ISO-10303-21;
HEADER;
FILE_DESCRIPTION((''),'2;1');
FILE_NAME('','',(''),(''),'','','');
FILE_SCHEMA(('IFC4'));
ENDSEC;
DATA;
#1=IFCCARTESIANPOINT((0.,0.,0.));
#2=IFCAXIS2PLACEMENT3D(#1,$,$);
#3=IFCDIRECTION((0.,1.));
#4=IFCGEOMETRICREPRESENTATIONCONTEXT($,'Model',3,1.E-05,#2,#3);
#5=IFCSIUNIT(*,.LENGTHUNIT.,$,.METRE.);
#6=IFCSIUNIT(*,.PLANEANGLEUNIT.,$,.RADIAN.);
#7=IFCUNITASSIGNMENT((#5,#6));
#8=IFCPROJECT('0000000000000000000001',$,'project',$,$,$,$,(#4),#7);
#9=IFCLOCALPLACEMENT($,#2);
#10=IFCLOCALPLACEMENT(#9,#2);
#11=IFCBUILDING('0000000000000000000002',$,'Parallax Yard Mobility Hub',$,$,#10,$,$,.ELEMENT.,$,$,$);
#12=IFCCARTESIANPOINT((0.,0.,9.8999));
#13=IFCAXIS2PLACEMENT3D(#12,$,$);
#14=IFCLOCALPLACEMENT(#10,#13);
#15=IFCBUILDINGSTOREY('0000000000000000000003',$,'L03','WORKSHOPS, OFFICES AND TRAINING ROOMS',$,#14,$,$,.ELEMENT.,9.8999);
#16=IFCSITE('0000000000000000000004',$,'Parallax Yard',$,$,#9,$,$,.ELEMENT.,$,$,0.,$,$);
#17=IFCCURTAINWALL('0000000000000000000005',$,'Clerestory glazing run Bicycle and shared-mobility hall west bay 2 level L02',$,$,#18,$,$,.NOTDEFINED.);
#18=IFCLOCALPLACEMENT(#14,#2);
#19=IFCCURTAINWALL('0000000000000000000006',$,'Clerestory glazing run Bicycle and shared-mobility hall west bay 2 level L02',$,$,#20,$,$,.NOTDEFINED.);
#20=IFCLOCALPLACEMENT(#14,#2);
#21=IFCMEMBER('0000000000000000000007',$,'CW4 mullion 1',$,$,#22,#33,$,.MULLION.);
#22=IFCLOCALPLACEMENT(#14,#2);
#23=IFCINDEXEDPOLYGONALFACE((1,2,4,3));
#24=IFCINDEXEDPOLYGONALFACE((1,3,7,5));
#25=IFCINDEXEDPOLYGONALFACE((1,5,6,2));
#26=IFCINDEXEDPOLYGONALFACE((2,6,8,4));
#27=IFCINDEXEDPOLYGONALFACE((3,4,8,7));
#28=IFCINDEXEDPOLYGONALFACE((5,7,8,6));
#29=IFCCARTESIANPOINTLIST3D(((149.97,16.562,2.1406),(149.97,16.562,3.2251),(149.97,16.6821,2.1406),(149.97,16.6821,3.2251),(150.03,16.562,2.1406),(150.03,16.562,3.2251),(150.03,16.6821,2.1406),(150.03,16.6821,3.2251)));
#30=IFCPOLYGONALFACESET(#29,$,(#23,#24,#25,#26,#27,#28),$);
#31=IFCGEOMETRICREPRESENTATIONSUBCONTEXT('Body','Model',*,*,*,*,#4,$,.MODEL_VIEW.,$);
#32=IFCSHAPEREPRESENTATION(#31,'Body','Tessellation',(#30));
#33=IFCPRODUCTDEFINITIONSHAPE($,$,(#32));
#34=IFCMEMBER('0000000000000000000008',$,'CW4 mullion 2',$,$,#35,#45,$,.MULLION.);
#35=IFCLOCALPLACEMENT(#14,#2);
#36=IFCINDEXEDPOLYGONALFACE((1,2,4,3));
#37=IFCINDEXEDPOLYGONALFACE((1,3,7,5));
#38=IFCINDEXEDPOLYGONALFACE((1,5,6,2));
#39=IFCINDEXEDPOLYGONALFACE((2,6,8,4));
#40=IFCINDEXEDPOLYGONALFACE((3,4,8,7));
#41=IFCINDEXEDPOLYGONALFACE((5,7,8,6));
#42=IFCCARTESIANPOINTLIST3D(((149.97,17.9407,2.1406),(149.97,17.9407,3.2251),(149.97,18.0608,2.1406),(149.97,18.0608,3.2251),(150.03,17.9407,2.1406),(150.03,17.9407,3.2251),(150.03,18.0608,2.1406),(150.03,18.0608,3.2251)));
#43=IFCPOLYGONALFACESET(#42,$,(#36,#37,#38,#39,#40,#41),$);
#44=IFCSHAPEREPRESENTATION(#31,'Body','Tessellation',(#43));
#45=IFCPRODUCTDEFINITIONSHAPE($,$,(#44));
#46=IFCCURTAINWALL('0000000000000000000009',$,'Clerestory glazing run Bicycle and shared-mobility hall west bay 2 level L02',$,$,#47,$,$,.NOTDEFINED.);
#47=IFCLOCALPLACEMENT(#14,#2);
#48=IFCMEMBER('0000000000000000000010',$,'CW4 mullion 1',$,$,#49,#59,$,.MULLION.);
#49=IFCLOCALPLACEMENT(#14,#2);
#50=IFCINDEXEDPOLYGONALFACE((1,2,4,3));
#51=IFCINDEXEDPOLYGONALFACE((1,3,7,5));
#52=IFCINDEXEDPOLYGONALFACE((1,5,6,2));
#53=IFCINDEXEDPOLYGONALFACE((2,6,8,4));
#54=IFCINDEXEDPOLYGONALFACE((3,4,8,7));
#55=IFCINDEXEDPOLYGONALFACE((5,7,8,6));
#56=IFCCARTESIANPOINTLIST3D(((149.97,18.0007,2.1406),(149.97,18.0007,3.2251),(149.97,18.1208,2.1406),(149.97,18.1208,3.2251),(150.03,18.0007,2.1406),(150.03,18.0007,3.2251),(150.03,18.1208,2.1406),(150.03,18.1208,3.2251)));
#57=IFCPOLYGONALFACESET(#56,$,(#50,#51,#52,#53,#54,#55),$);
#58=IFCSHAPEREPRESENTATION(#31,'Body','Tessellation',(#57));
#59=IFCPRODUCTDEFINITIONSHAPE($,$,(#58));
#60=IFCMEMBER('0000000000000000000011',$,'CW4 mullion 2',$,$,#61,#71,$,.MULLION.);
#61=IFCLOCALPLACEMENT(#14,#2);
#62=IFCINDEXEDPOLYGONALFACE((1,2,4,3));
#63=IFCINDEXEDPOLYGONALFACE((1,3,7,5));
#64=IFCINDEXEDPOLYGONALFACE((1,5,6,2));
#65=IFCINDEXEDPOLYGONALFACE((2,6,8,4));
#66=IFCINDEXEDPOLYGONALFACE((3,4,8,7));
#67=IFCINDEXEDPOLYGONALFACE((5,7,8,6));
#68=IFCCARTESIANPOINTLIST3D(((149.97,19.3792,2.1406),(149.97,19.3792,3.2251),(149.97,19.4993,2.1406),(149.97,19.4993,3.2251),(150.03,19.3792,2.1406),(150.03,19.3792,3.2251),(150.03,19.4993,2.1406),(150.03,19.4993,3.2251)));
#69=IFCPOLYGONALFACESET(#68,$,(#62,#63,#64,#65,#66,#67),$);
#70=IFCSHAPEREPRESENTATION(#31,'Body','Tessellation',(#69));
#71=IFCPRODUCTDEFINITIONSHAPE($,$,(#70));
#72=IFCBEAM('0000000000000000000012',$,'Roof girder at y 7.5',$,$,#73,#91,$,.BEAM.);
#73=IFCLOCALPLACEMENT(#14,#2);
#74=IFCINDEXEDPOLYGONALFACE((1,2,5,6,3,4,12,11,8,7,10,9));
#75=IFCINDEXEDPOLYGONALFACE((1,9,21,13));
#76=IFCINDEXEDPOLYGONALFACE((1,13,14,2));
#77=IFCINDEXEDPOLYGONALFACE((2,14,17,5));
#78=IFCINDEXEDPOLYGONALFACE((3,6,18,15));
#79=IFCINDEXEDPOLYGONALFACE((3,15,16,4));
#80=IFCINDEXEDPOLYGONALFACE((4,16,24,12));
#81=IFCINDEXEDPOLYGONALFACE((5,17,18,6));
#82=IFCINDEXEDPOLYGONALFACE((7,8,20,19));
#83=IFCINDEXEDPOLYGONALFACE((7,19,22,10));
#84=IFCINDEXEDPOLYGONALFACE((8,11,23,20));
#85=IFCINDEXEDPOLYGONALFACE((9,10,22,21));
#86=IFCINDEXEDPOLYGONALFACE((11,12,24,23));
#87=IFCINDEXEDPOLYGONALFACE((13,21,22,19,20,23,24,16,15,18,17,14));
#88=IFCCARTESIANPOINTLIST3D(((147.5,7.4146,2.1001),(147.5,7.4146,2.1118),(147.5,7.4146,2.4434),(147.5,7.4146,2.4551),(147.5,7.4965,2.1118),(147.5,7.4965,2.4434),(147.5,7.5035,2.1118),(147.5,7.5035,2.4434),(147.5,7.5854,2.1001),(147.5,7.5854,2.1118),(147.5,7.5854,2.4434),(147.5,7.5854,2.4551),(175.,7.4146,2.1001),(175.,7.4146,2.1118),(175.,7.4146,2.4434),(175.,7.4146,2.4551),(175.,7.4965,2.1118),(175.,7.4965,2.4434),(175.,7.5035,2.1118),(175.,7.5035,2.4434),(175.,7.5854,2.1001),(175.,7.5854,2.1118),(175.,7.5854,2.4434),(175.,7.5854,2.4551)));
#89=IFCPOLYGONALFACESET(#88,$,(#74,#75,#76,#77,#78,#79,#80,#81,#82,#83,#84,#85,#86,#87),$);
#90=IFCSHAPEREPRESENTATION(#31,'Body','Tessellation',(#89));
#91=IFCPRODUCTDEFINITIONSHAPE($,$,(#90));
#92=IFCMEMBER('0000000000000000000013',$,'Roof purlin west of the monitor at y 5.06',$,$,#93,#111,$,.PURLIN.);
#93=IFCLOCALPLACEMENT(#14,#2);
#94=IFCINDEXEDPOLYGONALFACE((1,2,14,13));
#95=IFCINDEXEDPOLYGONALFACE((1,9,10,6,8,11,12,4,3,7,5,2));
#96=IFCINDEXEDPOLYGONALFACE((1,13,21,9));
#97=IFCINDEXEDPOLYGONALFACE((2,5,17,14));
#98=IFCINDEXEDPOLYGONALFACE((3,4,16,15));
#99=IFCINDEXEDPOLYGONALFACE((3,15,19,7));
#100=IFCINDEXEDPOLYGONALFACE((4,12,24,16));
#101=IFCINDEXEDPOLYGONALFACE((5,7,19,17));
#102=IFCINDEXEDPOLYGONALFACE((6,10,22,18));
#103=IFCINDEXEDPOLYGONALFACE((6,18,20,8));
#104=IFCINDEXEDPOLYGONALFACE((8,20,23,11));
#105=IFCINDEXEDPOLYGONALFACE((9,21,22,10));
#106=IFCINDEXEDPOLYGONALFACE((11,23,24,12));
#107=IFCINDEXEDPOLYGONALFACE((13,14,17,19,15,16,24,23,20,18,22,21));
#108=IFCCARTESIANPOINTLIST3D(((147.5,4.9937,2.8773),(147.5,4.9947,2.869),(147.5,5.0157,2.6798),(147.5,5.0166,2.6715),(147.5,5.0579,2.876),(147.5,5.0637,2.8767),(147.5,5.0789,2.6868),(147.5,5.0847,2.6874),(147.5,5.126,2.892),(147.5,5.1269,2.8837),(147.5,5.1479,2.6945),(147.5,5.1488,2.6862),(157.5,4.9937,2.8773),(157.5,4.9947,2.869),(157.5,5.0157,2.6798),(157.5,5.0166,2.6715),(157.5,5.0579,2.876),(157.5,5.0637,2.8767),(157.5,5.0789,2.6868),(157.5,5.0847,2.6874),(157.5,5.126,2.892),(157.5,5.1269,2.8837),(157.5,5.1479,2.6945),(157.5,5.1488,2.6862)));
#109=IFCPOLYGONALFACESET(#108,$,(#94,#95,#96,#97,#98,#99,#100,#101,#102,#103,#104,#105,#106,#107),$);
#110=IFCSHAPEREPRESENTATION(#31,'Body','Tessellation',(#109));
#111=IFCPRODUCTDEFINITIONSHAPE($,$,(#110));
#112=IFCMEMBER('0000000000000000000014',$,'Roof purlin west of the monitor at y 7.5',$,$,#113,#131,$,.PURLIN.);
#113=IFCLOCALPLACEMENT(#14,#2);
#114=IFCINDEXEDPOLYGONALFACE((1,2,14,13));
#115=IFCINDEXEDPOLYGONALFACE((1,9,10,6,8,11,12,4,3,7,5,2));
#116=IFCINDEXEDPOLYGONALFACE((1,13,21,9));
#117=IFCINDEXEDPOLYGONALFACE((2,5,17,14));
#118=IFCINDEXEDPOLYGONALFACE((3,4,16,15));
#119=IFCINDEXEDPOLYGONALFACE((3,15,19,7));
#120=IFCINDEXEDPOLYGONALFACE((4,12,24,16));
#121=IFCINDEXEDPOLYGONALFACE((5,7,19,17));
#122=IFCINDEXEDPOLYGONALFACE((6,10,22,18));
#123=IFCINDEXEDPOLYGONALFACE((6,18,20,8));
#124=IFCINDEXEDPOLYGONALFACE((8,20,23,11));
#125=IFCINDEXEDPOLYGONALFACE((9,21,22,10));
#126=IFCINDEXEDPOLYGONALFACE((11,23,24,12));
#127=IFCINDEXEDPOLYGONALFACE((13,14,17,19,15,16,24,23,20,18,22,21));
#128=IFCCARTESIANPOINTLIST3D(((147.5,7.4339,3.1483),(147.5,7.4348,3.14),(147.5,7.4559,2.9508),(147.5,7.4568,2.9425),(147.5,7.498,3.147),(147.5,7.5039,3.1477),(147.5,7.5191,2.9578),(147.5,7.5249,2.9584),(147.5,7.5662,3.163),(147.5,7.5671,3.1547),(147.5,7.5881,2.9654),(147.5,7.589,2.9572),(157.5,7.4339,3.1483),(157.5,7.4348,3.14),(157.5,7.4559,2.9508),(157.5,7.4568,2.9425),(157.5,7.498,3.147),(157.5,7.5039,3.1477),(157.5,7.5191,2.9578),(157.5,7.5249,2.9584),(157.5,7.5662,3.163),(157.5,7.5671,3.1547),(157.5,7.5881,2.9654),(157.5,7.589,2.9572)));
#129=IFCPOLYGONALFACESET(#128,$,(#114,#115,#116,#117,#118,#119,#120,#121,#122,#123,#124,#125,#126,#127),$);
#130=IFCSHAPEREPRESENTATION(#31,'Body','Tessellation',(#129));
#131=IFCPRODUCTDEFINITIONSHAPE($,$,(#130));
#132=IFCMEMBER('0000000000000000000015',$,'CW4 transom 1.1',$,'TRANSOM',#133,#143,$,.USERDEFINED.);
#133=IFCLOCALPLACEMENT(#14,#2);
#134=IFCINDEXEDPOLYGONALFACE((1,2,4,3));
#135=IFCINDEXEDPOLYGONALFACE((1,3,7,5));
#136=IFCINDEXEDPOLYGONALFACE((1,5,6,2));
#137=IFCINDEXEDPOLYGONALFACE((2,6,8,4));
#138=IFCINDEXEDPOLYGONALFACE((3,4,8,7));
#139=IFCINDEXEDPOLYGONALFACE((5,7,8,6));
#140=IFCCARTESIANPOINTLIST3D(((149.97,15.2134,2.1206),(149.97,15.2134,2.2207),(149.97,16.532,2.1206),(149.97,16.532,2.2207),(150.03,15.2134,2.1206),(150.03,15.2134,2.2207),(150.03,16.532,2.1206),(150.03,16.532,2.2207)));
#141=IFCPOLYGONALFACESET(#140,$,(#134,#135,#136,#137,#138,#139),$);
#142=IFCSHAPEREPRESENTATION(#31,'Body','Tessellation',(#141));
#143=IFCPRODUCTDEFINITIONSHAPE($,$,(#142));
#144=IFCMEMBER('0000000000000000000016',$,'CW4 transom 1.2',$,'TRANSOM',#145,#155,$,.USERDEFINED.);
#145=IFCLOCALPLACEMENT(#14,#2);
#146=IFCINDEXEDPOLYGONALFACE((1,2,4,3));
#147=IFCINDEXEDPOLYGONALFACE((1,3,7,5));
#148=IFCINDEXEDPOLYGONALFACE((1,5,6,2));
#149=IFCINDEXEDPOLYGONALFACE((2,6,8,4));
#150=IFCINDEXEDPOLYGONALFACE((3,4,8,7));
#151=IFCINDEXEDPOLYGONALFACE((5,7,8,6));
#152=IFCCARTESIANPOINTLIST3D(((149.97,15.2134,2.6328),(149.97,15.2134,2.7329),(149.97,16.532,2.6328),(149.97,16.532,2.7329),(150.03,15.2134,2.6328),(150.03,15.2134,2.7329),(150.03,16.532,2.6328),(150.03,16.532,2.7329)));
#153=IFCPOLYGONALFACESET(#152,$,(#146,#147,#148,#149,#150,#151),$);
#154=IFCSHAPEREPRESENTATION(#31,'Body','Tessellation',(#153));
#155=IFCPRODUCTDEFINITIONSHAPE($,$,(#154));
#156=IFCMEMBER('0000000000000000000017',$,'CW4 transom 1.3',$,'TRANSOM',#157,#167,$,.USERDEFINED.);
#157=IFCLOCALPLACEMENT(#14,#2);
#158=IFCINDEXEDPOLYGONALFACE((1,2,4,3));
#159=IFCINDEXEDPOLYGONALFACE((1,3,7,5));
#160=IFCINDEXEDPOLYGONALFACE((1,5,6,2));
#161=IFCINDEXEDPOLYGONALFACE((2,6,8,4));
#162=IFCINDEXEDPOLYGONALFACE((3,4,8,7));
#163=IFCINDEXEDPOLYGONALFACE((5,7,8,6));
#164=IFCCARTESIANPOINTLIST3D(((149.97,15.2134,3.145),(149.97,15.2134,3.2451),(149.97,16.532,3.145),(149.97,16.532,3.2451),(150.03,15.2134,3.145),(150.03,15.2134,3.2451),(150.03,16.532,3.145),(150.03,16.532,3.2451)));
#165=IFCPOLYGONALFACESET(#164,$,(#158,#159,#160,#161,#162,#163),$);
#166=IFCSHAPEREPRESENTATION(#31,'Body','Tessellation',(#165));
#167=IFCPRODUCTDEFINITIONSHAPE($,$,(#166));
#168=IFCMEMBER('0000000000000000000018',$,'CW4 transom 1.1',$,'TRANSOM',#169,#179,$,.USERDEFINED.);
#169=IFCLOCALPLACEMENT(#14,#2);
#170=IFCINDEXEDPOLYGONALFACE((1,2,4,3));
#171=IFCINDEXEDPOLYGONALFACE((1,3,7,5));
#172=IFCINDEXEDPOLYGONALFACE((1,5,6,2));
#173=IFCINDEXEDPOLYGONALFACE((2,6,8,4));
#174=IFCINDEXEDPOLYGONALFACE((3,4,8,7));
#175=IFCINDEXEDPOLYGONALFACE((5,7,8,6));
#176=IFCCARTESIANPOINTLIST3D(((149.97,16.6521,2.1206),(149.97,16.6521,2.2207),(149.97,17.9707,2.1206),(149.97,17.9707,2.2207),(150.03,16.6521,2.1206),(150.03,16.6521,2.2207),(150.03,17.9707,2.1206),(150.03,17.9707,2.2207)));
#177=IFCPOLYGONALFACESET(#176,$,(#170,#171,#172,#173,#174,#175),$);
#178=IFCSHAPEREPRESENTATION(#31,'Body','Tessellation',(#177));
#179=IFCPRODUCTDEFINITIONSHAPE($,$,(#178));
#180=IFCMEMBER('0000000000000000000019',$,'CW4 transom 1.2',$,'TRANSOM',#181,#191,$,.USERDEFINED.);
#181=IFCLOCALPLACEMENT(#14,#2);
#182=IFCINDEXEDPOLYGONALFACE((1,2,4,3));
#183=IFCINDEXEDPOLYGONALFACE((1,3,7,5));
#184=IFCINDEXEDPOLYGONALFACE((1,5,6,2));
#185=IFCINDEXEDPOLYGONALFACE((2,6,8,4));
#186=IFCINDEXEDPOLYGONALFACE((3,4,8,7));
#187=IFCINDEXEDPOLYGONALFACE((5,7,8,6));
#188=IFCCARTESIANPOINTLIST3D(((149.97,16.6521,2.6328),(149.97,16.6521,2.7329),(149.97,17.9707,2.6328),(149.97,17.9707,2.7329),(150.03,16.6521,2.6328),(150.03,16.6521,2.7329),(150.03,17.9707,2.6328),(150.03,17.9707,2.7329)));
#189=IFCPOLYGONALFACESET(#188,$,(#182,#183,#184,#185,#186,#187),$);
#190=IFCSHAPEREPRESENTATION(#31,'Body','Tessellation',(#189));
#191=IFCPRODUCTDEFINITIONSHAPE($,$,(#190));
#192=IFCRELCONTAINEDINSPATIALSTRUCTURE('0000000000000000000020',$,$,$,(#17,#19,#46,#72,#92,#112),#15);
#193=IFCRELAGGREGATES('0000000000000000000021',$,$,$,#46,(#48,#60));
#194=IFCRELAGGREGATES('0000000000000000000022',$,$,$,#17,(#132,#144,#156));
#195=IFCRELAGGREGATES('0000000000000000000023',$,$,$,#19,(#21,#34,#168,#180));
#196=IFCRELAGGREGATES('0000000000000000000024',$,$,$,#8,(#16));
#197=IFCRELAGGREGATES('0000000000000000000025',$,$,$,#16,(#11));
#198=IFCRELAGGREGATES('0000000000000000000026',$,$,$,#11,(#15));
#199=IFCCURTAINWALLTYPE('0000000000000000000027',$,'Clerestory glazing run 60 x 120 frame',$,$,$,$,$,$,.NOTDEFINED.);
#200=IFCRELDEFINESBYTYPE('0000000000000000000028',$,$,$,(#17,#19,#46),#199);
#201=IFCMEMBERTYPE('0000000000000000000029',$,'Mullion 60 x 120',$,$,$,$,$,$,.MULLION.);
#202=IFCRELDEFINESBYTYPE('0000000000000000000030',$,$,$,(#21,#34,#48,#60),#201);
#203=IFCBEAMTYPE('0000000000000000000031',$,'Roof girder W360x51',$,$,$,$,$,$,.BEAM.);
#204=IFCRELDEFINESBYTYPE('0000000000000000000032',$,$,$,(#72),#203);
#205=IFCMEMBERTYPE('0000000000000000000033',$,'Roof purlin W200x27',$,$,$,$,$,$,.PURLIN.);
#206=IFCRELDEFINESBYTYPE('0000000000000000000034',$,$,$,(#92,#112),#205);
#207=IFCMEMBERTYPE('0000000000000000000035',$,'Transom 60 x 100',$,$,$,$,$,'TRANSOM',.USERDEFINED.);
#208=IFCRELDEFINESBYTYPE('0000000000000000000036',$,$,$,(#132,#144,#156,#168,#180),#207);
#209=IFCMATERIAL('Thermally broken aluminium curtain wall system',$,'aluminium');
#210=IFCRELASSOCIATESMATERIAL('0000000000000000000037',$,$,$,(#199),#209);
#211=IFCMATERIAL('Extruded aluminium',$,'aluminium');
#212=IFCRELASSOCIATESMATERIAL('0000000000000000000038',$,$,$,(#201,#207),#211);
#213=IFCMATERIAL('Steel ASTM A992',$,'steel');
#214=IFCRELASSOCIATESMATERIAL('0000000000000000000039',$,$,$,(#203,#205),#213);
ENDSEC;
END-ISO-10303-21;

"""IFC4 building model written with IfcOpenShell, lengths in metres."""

from ifc_helpers import new_model, si_unit, direction, frame, origin, origin_2d, place, context, subcontext, project, spatial, rectangle, i_section, extrude, material, material_profile, profile_set, type_object, element, aggregate, save


model = new_model("IFC4")

# Units and contexts
model_context = context("Model", 3, precision=1e-05, world=origin(), true_north=direction((0.0, 1.0)))
body_context = subcontext(model_context, "Body", "Model", "MODEL_VIEW")
ifc_project = project(units=[si_unit("LENGTHUNIT", "METRE"), si_unit("PLANEANGLEUNIT", "RADIAN")], contexts=[model_context])

# Site, building, storey
site_placement = place(None, origin())
site = spatial("IfcSite", under=ifc_project, at=site_placement, Name="Parallax Yard", CompositionType="ELEMENT", RefElevation=0.0)
building_placement = place(site_placement, origin())
building = spatial("IfcBuilding", under=site, at=building_placement, Name="Parallax Yard Mobility Hub", CompositionType="ELEMENT")
storey_placement = place(building_placement, frame((0.0, 0.0, 9.8999)))
storey = spatial("IfcBuildingStorey", under=building, at=storey_placement, Name="L03", Description="WORKSHOPS, OFFICES AND TRAINING ROOMS", CompositionType="ELEMENT", Elevation=9.8999)

# Shared definitions
ifc_material_1 = material(Name="Steel ASTM A992", Category="steel")

# Curtain walls, members
ifc_material_2 = material(Name="Thermally broken aluminium curtain wall system", Category="aluminium")
curtain_wall_type = type_object("IfcCurtainWallType", Name="Clerestory glazing run 60 x 120 frame", PredefinedType="NOTDEFINED", material=ifc_material_2)
curtain_wall_1_placement = place(storey_placement, origin())
curtain_wall_1 = element("IfcCurtainWall", 1, at=curtain_wall_1_placement, inside=storey, type_object=curtain_wall_type, Name="Clerestory glazing run Bicycle and shared-mobility hall west bay 2 level L02", PredefinedType="NOTDEFINED")
ifc_material_3 = material(Name="Extruded aluminium", Category="aluminium")
ifc_material_profile_1 = material_profile(ifc_material_3, rectangle(XDim=0.0601, YDim=0.1201, at=origin_2d()), Name="Mullion 60 x 120")
ifc_profile_set_1 = profile_set([ifc_material_profile_1], Name="Extruded aluminium")
member_type_1 = type_object("IfcMemberType", Name="Mullion 60 x 120", PredefinedType="MULLION", material=ifc_profile_set_1)
curtain_wall_2_placement = place(storey_placement, origin())
curtain_wall_2 = element("IfcCurtainWall", 2, at=curtain_wall_2_placement, inside=storey, type_object=curtain_wall_type, Name="Clerestory glazing run Bicycle and shared-mobility hall west bay 2 level L02", PredefinedType="NOTDEFINED")
member_1_placement = place(storey_placement, frame((150.0, 16.6221, 2.1406), z_axis=(0.0, 0.0, 1.0), x_axis=(-1.0, 0.0, 0.0)))
member_1 = element("IfcMember", 3, at=member_1_placement, type_object=member_type_1, Name="CW4 mullion 1", PredefinedType="MULLION", context=body_context, shape_type="SweptSolid", body=[
    extrude(rectangle(XDim=0.0601, YDim=0.1201, at=origin_2d()), origin(), (0.0, 0.0, 1.0), 1.0845),
])
member_2_placement = place(storey_placement, frame((150.0, 18.0007, 2.1406), z_axis=(0.0, 0.0, 1.0), x_axis=(-1.0, 0.0, 0.0)))
member_2 = element("IfcMember", 4, at=member_2_placement, type_object=member_type_1, Name="CW4 mullion 2", PredefinedType="MULLION", context=body_context, shape_type="SweptSolid", body=[
    extrude(rectangle(XDim=0.0601, YDim=0.1201, at=origin_2d()), origin(), (0.0, 0.0, 1.0), 1.0845),
])
curtain_wall_3_placement = place(storey_placement, origin())
curtain_wall_3 = element("IfcCurtainWall", 5, at=curtain_wall_3_placement, inside=storey, type_object=curtain_wall_type, Name="Clerestory glazing run Bicycle and shared-mobility hall west bay 2 level L02", PredefinedType="NOTDEFINED")
member_3_placement = place(storey_placement, frame((150.0, 18.0608, 2.1406), z_axis=(0.0, 0.0, 1.0), x_axis=(-1.0, 0.0, 0.0)))
member_3 = element("IfcMember", 6, at=member_3_placement, type_object=member_type_1, Name="CW4 mullion 1", PredefinedType="MULLION", context=body_context, shape_type="SweptSolid", body=[
    extrude(rectangle(XDim=0.0601, YDim=0.1201, at=origin_2d()), origin(), (0.0, 0.0, 1.0), 1.0845),
])
member_4_placement = place(storey_placement, frame((150.0, 19.4392, 2.1406), z_axis=(0.0, 0.0, 1.0), x_axis=(-1.0, 0.0, 0.0)))
member_4 = element("IfcMember", 7, at=member_4_placement, type_object=member_type_1, Name="CW4 mullion 2", PredefinedType="MULLION", context=body_context, shape_type="SweptSolid", body=[
    extrude(rectangle(XDim=0.0601, YDim=0.1201, at=origin_2d()), origin(), (0.0, 0.0, 1.0), 1.0845),
])

# Beam
ifc_material_profile_2 = material_profile(ifc_material_1, i_section(OverallWidth=0.1709, OverallDepth=0.355, WebThickness=0.0071, FlangeThickness=0.0117, at=origin_2d()), Name="W360x51")
ifc_profile_set_2 = profile_set([ifc_material_profile_2], Name="Steel ASTM A992")
beam_type_1 = type_object("IfcBeamType", Name="Roof girder W360x51", PredefinedType="BEAM", material=ifc_profile_set_2)
beam_1_placement = place(storey_placement, frame((147.5, 7.5, 2.2776), z_axis=(1.0, 0.0, 0.0), x_axis=(0.0, 1.0, 0.0)))
element("IfcBeam", 8, at=beam_1_placement, inside=storey, type_object=beam_type_1, Name="Roof girder at y 7.5", PredefinedType="BEAM", context=body_context, shape_type="SweptSolid", body=[
    extrude(i_section(OverallWidth=0.1709, OverallDepth=0.355, WebThickness=0.0071, FlangeThickness=0.0117, at=origin_2d()), origin(), (0.0, 0.0, 1.0), 27.5),
])

# Members
ifc_material_profile_3 = material_profile(ifc_material_1, i_section(OverallWidth=0.1331, OverallDepth=0.207, WebThickness=0.0059, FlangeThickness=0.0083, at=origin_2d()), Name="W200x27")
ifc_profile_set_3 = profile_set([ifc_material_profile_3], Name="Steel ASTM A992")
member_type_2 = type_object("IfcMemberType", Name="Roof purlin W200x27", PredefinedType="PURLIN", material=ifc_profile_set_3)
for number, where, z_axis, x_axis, name in (
    (9, (147.5, 5.0713, 2.7817), (1.0, 0.0, 0.0), (0.0, 0.993884, 0.110432), "Roof purlin west of the monitor at y 5.06"),
    (10, (147.5, 7.5115, 3.0527), (1.0, 0.0, 0.0), (0.0, 0.993884, 0.110432), "Roof purlin west of the monitor at y 7.5"),
):
    element("IfcMember", number, at=place(storey_placement, frame(where, z_axis=z_axis, x_axis=x_axis)), inside=storey, type_object=member_type_2, Name=name, PredefinedType="PURLIN", context=body_context, shape_type="SweptSolid", body=[
        extrude(i_section(OverallWidth=0.1331, OverallDepth=0.207, WebThickness=0.0059, FlangeThickness=0.0083, at=origin_2d()), origin(), (0.0, 0.0, 1.0), 10.0),
    ])

# Members
ifc_material_profile_4 = material_profile(ifc_material_3, rectangle(XDim=0.0601, YDim=0.1001, at=origin_2d()), Name="Transom 60 x 100")
ifc_profile_set_4 = profile_set([ifc_material_profile_4], Name="Extruded aluminium")
member_type_3 = type_object("IfcMemberType", Name="Transom 60 x 100", ElementType="TRANSOM", PredefinedType="USERDEFINED", material=ifc_profile_set_4)
member_5_placement = place(storey_placement, frame((150.0, 15.2134, 2.1707), z_axis=(0.0, 1.0, 0.0), x_axis=(-1.0, 0.0, 0.0)))
member_5 = element("IfcMember", 11, at=member_5_placement, type_object=member_type_3, Name="CW4 transom 1.1", ObjectType="TRANSOM", PredefinedType="USERDEFINED", context=body_context, shape_type="SweptSolid", body=[
    extrude(rectangle(XDim=0.0601, YDim=0.1001, at=origin_2d()), origin(), (0.0, 0.0, 1.0), 1.3186),
])
member_6_placement = place(storey_placement, frame((150.0, 15.2134, 2.6829), z_axis=(0.0, 1.0, 0.0), x_axis=(-1.0, 0.0, 0.0)))
member_6 = element("IfcMember", 12, at=member_6_placement, type_object=member_type_3, Name="CW4 transom 1.2", ObjectType="TRANSOM", PredefinedType="USERDEFINED", context=body_context, shape_type="SweptSolid", body=[
    extrude(rectangle(XDim=0.0601, YDim=0.1001, at=origin_2d()), origin(), (0.0, 0.0, 1.0), 1.3186),
])
member_7_placement = place(storey_placement, frame((150.0, 15.2134, 3.1951), z_axis=(0.0, 1.0, 0.0), x_axis=(-1.0, 0.0, 0.0)))
member_7 = element("IfcMember", 13, at=member_7_placement, type_object=member_type_3, Name="CW4 transom 1.3", ObjectType="TRANSOM", PredefinedType="USERDEFINED", context=body_context, shape_type="SweptSolid", body=[
    extrude(rectangle(XDim=0.0601, YDim=0.1001, at=origin_2d()), origin(), (0.0, 0.0, 1.0), 1.3186),
])
member_8_placement = place(storey_placement, frame((150.0, 16.6521, 2.1707), z_axis=(0.0, 1.0, 0.0), x_axis=(-1.0, 0.0, 0.0)))
member_8 = element("IfcMember", 14, at=member_8_placement, type_object=member_type_3, Name="CW4 transom 1.1", ObjectType="TRANSOM", PredefinedType="USERDEFINED", context=body_context, shape_type="SweptSolid", body=[
    extrude(rectangle(XDim=0.0601, YDim=0.1001, at=origin_2d()), origin(), (0.0, 0.0, 1.0), 1.3186),
])
member_9_placement = place(storey_placement, frame((150.0, 16.6521, 2.6829), z_axis=(0.0, 1.0, 0.0), x_axis=(-1.0, 0.0, 0.0)))
member_9 = element("IfcMember", 15, at=member_9_placement, type_object=member_type_3, Name="CW4 transom 1.2", ObjectType="TRANSOM", PredefinedType="USERDEFINED", context=body_context, shape_type="SweptSolid", body=[
    extrude(rectangle(XDim=0.0601, YDim=0.1001, at=origin_2d()), origin(), (0.0, 0.0, 1.0), 1.3186),
])
aggregate(curtain_wall_3, [member_3, member_4])

aggregate(curtain_wall_1, [member_5, member_6, member_7])
aggregate(curtain_wall_2, [member_1, member_2, member_8, member_9])

save(model, "model.ifc")
